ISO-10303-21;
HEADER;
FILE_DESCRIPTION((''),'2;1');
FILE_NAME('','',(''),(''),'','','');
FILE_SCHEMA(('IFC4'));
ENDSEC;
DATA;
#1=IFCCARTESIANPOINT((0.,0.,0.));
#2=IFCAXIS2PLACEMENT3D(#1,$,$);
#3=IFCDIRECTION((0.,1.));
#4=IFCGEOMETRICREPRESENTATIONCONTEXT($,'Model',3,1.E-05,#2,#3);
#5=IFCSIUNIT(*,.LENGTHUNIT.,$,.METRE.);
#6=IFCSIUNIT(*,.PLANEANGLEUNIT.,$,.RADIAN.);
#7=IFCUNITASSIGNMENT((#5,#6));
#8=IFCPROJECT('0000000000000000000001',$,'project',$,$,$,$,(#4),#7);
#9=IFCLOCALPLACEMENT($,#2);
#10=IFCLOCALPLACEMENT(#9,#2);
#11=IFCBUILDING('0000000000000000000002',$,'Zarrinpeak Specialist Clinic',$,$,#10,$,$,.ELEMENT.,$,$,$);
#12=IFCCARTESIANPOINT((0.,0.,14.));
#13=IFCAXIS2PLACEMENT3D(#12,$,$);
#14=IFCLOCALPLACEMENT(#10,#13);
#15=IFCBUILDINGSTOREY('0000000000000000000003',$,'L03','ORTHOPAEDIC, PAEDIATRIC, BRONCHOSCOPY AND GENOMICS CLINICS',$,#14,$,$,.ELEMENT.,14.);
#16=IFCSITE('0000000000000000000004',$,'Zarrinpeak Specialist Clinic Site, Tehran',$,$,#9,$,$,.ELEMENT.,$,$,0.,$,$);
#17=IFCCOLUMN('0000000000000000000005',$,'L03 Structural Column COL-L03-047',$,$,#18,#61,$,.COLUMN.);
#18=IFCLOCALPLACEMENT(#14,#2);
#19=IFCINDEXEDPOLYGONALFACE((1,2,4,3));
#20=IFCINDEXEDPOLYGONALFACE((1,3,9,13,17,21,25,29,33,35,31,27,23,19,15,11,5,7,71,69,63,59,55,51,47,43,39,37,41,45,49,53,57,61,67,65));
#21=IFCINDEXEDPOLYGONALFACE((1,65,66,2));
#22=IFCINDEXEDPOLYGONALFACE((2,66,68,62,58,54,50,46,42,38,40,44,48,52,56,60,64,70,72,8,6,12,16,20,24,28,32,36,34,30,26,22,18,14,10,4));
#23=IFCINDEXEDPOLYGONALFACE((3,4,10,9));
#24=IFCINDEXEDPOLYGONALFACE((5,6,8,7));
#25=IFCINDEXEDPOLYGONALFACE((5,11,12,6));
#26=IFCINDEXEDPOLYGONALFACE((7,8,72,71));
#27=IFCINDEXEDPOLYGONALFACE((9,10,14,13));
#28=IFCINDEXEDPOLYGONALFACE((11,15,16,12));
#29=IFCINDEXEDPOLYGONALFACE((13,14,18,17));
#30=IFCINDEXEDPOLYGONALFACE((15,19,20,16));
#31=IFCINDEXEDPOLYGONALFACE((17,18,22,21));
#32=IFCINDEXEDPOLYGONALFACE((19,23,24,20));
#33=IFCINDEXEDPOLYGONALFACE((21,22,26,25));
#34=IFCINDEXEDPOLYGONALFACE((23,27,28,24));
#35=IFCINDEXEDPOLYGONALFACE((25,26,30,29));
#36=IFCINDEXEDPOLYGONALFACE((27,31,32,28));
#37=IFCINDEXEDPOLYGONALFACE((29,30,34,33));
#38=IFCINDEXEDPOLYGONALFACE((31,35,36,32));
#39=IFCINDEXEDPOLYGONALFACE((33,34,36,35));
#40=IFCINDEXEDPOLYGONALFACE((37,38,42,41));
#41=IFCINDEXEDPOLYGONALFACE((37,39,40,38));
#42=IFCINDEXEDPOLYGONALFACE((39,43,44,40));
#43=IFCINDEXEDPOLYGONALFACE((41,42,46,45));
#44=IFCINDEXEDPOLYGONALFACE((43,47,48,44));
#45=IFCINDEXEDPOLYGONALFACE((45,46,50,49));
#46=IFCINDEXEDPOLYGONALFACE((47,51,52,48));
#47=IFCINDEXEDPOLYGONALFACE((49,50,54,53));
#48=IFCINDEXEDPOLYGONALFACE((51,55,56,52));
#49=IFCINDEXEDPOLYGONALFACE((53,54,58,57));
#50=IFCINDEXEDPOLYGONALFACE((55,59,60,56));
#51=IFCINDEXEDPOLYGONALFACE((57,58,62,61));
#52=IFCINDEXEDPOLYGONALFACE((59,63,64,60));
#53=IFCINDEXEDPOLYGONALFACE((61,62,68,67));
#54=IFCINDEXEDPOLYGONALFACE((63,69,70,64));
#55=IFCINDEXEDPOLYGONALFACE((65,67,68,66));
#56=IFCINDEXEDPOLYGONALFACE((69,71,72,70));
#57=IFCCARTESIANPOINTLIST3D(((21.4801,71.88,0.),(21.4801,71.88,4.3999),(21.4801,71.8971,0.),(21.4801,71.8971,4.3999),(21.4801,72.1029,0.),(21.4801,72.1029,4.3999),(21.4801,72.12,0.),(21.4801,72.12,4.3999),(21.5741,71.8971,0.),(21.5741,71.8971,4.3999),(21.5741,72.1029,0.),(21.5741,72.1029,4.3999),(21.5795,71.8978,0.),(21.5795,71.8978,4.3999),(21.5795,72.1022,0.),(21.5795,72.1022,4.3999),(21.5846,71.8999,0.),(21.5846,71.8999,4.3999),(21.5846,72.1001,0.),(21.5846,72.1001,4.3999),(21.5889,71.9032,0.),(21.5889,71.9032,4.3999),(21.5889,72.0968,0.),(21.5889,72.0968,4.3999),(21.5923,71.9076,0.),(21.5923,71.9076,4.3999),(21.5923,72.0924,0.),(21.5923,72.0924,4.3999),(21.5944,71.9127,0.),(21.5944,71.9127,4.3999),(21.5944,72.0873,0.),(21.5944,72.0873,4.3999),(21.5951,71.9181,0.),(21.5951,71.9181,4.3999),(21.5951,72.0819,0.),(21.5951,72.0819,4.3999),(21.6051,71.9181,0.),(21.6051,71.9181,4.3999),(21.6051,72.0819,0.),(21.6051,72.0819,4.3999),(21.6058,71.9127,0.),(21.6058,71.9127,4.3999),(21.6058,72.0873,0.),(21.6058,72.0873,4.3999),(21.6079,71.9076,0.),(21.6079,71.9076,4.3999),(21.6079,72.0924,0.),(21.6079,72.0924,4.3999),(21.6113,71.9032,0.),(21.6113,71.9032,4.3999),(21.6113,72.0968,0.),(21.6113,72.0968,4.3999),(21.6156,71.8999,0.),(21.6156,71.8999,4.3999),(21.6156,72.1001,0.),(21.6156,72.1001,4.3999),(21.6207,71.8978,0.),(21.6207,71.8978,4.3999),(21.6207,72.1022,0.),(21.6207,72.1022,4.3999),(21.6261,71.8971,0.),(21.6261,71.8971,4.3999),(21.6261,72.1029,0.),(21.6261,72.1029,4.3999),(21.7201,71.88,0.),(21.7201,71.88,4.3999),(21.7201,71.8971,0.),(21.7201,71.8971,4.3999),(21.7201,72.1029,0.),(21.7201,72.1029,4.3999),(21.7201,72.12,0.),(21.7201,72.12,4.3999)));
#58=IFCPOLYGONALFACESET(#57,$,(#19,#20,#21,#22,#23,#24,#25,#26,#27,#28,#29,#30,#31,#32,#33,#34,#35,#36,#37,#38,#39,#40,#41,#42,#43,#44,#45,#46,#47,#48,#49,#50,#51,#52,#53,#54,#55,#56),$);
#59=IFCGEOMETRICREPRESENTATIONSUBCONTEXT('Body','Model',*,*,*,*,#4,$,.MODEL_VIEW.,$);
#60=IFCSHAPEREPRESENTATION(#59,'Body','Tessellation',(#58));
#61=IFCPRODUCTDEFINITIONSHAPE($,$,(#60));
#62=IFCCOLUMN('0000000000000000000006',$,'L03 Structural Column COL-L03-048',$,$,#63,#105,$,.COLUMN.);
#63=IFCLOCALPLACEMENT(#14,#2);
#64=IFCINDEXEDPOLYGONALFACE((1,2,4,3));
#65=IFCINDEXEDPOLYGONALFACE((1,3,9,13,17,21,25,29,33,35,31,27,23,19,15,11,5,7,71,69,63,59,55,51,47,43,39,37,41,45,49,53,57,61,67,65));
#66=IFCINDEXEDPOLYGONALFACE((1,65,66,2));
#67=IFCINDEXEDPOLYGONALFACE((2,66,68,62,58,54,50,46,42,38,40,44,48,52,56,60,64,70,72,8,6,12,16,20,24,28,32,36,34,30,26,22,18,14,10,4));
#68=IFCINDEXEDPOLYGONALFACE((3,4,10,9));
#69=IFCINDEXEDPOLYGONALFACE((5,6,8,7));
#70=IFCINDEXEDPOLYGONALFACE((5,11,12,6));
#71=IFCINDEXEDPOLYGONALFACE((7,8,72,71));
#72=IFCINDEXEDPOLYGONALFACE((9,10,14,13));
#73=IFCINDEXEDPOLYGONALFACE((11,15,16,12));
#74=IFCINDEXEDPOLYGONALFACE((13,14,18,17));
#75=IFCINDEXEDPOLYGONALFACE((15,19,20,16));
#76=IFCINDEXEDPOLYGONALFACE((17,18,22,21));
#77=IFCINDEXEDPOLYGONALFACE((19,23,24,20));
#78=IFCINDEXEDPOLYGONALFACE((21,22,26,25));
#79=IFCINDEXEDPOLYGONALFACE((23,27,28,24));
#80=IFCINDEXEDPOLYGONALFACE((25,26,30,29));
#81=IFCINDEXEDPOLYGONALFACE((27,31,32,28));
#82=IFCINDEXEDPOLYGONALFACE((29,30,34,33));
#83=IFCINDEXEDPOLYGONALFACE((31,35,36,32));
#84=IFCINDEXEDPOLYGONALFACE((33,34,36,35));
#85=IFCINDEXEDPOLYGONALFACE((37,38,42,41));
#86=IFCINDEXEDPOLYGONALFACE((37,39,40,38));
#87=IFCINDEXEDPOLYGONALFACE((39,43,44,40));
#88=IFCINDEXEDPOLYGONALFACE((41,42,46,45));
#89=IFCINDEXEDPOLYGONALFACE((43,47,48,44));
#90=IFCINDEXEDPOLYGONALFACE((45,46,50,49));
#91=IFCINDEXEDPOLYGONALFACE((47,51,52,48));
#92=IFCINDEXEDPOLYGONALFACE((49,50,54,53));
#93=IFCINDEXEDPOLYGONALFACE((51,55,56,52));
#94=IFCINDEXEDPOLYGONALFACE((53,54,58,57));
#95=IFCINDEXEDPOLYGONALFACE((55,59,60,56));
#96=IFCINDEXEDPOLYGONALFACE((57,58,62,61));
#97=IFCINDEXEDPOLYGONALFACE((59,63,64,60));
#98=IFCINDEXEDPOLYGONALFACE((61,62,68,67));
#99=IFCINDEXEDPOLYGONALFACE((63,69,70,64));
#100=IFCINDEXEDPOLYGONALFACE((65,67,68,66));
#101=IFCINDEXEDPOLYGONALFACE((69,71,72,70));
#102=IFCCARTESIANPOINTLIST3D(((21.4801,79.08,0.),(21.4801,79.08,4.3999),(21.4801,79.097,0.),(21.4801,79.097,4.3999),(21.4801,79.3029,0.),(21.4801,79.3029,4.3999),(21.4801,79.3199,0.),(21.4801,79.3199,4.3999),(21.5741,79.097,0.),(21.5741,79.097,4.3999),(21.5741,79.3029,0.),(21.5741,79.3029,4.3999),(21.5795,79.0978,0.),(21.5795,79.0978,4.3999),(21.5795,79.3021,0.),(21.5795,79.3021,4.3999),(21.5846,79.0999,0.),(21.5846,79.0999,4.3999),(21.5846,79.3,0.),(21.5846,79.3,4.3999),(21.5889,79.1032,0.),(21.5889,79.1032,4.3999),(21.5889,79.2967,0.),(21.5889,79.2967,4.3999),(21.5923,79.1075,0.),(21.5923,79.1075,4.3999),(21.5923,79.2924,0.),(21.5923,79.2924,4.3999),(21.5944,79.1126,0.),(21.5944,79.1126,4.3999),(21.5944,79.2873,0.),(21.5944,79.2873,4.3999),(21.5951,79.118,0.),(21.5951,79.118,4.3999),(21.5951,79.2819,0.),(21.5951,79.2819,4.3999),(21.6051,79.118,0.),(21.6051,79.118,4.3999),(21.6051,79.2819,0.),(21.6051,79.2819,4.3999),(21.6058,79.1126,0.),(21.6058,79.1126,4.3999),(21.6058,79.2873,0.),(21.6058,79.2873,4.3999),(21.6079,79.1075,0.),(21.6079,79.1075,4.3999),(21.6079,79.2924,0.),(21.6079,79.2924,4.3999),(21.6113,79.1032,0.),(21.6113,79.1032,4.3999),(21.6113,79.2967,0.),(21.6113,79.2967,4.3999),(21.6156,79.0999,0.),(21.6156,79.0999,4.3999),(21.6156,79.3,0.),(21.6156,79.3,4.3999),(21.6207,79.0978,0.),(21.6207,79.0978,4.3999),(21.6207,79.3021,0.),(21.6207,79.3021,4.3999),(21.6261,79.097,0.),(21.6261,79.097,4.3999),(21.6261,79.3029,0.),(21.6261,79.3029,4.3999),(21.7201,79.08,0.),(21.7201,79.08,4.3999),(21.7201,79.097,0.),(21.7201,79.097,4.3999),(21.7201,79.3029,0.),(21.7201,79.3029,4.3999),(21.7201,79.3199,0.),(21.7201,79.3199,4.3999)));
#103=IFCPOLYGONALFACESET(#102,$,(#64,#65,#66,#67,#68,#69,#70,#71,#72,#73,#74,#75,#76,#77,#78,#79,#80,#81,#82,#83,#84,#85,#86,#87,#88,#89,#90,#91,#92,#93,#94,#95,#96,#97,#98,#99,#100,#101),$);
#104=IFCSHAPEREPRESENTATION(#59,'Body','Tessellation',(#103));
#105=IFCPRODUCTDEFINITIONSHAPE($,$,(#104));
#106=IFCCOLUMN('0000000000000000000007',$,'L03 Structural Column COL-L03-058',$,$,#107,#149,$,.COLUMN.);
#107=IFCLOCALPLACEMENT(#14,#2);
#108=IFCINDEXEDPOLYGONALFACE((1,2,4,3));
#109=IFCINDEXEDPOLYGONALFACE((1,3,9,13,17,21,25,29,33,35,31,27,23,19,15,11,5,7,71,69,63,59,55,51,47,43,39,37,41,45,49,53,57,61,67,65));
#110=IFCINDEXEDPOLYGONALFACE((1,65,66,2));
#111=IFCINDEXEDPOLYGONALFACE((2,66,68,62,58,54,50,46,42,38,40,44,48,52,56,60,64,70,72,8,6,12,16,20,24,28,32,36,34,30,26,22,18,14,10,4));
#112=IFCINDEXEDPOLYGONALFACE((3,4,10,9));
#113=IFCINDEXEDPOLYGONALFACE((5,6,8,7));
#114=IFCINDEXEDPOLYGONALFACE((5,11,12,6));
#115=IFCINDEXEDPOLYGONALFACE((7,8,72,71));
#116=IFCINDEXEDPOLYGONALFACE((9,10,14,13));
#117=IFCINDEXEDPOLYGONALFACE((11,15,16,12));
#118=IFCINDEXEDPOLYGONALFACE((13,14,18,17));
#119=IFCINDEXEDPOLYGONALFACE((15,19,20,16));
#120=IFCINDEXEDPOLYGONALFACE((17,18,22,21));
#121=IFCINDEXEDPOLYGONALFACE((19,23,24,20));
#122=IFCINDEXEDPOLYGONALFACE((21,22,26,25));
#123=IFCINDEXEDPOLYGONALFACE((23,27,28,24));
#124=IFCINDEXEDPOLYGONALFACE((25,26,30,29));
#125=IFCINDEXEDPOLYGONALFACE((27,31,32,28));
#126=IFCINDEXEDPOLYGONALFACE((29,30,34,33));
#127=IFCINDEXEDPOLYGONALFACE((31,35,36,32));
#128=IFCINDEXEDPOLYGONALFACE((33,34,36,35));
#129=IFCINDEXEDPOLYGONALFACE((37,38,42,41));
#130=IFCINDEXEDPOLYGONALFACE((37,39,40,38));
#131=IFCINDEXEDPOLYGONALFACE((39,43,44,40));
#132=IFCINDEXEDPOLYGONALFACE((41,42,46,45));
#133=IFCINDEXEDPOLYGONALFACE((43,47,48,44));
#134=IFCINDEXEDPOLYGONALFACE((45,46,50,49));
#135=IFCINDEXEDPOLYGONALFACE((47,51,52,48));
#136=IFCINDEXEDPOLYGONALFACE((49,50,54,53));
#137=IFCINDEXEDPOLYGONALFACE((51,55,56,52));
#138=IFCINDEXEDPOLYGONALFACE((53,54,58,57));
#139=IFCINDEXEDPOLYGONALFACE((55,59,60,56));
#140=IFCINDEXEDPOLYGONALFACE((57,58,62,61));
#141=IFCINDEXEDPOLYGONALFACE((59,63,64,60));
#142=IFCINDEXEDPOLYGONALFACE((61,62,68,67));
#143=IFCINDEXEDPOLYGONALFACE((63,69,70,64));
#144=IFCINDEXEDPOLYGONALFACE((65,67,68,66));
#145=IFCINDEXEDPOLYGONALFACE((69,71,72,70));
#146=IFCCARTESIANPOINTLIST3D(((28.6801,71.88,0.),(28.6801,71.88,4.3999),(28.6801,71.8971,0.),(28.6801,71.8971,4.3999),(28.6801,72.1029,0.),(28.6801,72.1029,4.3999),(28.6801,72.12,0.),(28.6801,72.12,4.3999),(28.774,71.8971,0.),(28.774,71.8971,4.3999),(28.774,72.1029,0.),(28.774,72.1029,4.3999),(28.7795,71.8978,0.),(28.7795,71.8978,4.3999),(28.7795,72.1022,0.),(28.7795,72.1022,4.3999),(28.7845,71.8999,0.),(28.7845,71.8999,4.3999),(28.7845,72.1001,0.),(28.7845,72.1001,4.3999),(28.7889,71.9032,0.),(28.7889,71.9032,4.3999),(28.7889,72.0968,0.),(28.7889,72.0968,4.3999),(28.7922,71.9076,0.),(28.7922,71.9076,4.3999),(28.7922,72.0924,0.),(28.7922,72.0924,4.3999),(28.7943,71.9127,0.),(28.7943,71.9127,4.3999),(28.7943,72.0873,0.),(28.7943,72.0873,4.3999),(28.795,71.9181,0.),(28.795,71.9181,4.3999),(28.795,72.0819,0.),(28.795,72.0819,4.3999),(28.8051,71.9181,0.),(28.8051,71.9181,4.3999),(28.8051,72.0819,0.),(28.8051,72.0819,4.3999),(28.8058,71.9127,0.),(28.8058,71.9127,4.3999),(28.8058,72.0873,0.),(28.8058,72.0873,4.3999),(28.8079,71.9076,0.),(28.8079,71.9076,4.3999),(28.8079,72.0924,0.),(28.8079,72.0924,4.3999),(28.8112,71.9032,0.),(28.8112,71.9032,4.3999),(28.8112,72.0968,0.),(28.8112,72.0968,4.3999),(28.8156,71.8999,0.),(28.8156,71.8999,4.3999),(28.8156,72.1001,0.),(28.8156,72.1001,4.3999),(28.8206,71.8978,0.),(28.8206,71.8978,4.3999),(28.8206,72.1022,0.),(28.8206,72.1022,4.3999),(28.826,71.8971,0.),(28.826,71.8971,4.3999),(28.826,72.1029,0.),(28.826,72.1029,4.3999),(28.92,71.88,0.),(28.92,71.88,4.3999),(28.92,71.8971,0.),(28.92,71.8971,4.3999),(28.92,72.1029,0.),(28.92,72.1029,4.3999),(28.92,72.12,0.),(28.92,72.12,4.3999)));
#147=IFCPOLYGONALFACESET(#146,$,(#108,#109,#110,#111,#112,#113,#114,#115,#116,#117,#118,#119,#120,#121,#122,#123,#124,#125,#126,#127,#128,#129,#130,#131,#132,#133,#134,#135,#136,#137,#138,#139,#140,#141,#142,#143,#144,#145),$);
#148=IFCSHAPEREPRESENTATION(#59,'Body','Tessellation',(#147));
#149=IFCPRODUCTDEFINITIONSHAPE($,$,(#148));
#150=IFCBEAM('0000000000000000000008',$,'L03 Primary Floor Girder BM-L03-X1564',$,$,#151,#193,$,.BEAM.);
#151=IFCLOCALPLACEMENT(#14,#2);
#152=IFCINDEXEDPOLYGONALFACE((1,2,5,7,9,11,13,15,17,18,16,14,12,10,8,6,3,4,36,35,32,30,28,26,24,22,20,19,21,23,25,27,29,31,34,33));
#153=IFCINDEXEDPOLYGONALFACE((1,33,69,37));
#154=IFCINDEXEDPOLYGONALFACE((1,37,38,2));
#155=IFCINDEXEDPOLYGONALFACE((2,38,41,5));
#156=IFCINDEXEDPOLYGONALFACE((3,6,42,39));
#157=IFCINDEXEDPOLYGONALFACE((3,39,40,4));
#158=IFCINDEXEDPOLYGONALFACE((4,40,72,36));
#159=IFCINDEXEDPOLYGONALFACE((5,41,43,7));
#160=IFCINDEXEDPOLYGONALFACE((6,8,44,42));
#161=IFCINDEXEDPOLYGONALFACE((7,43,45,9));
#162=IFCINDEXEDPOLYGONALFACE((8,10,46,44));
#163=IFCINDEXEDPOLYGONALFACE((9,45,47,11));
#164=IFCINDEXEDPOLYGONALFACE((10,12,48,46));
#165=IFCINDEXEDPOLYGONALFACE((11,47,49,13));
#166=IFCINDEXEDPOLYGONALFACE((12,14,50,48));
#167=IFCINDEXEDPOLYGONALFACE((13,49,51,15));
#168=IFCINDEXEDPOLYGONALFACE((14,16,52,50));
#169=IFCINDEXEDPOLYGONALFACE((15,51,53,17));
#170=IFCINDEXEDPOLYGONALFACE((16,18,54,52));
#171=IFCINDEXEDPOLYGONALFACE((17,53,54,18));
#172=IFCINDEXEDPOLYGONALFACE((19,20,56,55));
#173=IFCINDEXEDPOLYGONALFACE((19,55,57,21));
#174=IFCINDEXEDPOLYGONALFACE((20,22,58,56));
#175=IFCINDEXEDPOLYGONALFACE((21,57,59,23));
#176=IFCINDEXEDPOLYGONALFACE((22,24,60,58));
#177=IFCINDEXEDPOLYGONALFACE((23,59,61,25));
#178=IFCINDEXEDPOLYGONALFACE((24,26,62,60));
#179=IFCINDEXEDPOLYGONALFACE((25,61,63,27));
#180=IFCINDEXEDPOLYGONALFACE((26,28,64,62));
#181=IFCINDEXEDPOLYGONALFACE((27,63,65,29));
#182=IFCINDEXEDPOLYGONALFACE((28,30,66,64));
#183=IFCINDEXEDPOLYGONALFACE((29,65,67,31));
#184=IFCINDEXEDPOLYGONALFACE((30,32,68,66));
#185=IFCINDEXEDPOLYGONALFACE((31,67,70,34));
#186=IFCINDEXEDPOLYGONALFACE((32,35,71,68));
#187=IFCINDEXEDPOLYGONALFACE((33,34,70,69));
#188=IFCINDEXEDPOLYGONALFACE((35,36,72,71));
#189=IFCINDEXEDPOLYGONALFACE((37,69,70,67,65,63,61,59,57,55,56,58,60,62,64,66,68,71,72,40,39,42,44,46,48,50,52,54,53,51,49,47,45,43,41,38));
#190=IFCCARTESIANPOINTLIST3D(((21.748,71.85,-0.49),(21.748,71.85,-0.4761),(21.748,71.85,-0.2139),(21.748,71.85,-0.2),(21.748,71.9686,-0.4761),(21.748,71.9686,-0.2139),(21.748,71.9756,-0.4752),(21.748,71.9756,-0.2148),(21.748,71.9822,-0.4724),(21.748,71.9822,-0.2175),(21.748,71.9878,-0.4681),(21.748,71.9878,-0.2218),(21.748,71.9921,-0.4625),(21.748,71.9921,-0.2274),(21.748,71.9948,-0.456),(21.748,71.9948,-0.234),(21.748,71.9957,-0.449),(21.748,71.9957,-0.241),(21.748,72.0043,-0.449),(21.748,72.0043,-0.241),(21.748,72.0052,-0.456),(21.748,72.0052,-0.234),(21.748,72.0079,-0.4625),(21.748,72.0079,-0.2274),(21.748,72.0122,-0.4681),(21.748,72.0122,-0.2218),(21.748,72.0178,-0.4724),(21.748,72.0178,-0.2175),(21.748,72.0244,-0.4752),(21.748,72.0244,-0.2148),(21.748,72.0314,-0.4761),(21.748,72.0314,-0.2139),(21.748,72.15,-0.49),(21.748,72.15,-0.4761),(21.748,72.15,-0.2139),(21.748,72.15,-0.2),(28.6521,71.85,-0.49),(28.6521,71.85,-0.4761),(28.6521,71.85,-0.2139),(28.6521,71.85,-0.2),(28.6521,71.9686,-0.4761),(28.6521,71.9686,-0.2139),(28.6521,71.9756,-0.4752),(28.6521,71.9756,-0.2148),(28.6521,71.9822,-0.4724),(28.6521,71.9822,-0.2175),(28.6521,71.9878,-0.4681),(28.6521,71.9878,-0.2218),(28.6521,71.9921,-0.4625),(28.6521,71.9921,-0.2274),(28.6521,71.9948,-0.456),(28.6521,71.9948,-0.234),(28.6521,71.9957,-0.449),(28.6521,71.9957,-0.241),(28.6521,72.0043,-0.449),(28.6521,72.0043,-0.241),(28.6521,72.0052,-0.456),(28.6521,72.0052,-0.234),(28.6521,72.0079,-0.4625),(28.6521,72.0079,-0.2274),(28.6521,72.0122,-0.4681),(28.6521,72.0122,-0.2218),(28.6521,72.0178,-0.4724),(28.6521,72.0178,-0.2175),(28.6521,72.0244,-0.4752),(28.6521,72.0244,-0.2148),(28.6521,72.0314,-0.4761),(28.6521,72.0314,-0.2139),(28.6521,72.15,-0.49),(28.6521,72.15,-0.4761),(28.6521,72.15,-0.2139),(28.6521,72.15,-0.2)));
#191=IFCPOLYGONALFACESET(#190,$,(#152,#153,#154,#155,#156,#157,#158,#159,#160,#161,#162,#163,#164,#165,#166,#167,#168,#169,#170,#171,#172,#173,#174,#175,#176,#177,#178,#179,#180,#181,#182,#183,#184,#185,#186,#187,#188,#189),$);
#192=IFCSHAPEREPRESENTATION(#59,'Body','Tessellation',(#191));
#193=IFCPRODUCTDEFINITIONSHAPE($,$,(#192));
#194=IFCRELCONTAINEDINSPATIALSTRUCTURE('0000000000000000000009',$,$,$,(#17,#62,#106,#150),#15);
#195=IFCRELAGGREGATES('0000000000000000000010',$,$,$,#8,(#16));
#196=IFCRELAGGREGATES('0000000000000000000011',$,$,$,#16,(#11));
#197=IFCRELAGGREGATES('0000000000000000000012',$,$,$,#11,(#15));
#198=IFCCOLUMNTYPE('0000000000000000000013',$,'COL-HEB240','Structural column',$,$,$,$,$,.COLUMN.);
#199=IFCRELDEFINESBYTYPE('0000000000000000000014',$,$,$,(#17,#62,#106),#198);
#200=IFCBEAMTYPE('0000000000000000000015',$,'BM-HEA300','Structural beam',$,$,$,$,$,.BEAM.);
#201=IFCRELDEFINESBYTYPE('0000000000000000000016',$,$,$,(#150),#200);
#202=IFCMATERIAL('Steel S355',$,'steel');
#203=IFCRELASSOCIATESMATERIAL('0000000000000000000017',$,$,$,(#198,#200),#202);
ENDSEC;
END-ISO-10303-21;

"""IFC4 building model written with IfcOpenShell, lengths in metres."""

from ifc_helpers import new_model, si_unit, direction, frame, origin, origin_2d, place, context, subcontext, project, spatial, i_section, extrude, material, material_profile, profile_set, type_object, element, save


model = new_model("IFC4")

# Units and contexts
model_context = context("Model", 3, precision=1e-05, world=origin(), true_north=direction((0.0, 1.0)))
body_context = subcontext(model_context, "Body", "Model", "MODEL_VIEW")
ifc_project = project(units=[si_unit("LENGTHUNIT", "METRE"), si_unit("PLANEANGLEUNIT", "RADIAN")], contexts=[model_context])

# Site, building, storey
site_placement = place(None, origin())
site = spatial("IfcSite", under=ifc_project, at=site_placement, Name="Zarrinpeak Specialist Clinic Site, Tehran", CompositionType="ELEMENT", RefElevation=0.0)
building_placement = place(site_placement, origin())
building = spatial("IfcBuilding", under=site, at=building_placement, Name="Zarrinpeak Specialist Clinic", CompositionType="ELEMENT")
storey_placement = place(building_placement, frame((0.0, 0.0, 14.0)))
storey = spatial("IfcBuildingStorey", under=building, at=storey_placement, Name="L03", Description="ORTHOPAEDIC, PAEDIATRIC, BRONCHOSCOPY AND GENOMICS CLINICS", CompositionType="ELEMENT", Elevation=14.0)

# Columns
ifc_material_1 = material(Name="Steel S355", Category="steel")
ifc_material_profile_1 = material_profile(ifc_material_1, i_section(OverallWidth=0.24, OverallDepth=0.24, WebThickness=0.01, FlangeThickness=0.0171, FilletRadius=0.021, at=origin_2d()), Name="HEB 240")
ifc_profile_set_1 = profile_set([ifc_material_profile_1], Name="Steel S355")
column_type = type_object("IfcColumnType", Name="COL-HEB240", Description="Structural column", PredefinedType="COLUMN", material=ifc_profile_set_1)
for number, where, z_axis, x_axis, name in (
    (1, (21.6001, 72.0, 0.0), (0.0, 0.0, 1.0), (1.0, 0.0, 0.0), "L03 Structural Column COL-L03-047"),
    (2, (21.6001, 79.2, 0.0), (0.0, 0.0, 1.0), (1.0, 0.0, 0.0), "L03 Structural Column COL-L03-048"),
    (3, (28.8, 72.0, 0.0), (0.0, 0.0, 1.0), (1.0, 0.0, 0.0), "L03 Structural Column COL-L03-058"),
):
    element("IfcColumn", number, at=place(storey_placement, frame(where, z_axis=z_axis, x_axis=x_axis)), inside=storey, type_object=column_type, Name=name, PredefinedType="COLUMN", context=body_context, shape_type="SweptSolid", body=[
        extrude(i_section(OverallWidth=0.24, OverallDepth=0.24, WebThickness=0.01, FlangeThickness=0.0171, FilletRadius=0.021, at=origin_2d()), origin(), (0.0, 0.0, 1.0), 4.3999),
    ])

# Beam
ifc_material_profile_2 = material_profile(ifc_material_1, i_section(OverallWidth=0.3, OverallDepth=0.29, WebThickness=0.0085, FlangeThickness=0.0139, FilletRadius=0.0271, at=origin_2d()), Name="HEA 300")
ifc_profile_set_2 = profile_set([ifc_material_profile_2], Name="Steel S355")
beam_type_1 = type_object("IfcBeamType", Name="BM-HEA300", Description="Structural beam", PredefinedType="BEAM", material=ifc_profile_set_2)
beam_1_placement = place(storey_placement, frame((21.748, 72.0, -0.345), z_axis=(1.0, 0.0, 0.0), x_axis=(0.0, 1.0, 0.0)))
element("IfcBeam", 4, at=beam_1_placement, inside=storey, type_object=beam_type_1, Name="L03 Primary Floor Girder BM-L03-X1564", PredefinedType="BEAM", context=body_context, shape_type="SweptSolid", body=[
    extrude(i_section(OverallWidth=0.3, OverallDepth=0.29, WebThickness=0.0085, FlangeThickness=0.0139, FilletRadius=0.0271, at=origin_2d()), origin(), (0.0, 0.0, 1.0), 6.9041),
])

save(model, "model.ifc")
